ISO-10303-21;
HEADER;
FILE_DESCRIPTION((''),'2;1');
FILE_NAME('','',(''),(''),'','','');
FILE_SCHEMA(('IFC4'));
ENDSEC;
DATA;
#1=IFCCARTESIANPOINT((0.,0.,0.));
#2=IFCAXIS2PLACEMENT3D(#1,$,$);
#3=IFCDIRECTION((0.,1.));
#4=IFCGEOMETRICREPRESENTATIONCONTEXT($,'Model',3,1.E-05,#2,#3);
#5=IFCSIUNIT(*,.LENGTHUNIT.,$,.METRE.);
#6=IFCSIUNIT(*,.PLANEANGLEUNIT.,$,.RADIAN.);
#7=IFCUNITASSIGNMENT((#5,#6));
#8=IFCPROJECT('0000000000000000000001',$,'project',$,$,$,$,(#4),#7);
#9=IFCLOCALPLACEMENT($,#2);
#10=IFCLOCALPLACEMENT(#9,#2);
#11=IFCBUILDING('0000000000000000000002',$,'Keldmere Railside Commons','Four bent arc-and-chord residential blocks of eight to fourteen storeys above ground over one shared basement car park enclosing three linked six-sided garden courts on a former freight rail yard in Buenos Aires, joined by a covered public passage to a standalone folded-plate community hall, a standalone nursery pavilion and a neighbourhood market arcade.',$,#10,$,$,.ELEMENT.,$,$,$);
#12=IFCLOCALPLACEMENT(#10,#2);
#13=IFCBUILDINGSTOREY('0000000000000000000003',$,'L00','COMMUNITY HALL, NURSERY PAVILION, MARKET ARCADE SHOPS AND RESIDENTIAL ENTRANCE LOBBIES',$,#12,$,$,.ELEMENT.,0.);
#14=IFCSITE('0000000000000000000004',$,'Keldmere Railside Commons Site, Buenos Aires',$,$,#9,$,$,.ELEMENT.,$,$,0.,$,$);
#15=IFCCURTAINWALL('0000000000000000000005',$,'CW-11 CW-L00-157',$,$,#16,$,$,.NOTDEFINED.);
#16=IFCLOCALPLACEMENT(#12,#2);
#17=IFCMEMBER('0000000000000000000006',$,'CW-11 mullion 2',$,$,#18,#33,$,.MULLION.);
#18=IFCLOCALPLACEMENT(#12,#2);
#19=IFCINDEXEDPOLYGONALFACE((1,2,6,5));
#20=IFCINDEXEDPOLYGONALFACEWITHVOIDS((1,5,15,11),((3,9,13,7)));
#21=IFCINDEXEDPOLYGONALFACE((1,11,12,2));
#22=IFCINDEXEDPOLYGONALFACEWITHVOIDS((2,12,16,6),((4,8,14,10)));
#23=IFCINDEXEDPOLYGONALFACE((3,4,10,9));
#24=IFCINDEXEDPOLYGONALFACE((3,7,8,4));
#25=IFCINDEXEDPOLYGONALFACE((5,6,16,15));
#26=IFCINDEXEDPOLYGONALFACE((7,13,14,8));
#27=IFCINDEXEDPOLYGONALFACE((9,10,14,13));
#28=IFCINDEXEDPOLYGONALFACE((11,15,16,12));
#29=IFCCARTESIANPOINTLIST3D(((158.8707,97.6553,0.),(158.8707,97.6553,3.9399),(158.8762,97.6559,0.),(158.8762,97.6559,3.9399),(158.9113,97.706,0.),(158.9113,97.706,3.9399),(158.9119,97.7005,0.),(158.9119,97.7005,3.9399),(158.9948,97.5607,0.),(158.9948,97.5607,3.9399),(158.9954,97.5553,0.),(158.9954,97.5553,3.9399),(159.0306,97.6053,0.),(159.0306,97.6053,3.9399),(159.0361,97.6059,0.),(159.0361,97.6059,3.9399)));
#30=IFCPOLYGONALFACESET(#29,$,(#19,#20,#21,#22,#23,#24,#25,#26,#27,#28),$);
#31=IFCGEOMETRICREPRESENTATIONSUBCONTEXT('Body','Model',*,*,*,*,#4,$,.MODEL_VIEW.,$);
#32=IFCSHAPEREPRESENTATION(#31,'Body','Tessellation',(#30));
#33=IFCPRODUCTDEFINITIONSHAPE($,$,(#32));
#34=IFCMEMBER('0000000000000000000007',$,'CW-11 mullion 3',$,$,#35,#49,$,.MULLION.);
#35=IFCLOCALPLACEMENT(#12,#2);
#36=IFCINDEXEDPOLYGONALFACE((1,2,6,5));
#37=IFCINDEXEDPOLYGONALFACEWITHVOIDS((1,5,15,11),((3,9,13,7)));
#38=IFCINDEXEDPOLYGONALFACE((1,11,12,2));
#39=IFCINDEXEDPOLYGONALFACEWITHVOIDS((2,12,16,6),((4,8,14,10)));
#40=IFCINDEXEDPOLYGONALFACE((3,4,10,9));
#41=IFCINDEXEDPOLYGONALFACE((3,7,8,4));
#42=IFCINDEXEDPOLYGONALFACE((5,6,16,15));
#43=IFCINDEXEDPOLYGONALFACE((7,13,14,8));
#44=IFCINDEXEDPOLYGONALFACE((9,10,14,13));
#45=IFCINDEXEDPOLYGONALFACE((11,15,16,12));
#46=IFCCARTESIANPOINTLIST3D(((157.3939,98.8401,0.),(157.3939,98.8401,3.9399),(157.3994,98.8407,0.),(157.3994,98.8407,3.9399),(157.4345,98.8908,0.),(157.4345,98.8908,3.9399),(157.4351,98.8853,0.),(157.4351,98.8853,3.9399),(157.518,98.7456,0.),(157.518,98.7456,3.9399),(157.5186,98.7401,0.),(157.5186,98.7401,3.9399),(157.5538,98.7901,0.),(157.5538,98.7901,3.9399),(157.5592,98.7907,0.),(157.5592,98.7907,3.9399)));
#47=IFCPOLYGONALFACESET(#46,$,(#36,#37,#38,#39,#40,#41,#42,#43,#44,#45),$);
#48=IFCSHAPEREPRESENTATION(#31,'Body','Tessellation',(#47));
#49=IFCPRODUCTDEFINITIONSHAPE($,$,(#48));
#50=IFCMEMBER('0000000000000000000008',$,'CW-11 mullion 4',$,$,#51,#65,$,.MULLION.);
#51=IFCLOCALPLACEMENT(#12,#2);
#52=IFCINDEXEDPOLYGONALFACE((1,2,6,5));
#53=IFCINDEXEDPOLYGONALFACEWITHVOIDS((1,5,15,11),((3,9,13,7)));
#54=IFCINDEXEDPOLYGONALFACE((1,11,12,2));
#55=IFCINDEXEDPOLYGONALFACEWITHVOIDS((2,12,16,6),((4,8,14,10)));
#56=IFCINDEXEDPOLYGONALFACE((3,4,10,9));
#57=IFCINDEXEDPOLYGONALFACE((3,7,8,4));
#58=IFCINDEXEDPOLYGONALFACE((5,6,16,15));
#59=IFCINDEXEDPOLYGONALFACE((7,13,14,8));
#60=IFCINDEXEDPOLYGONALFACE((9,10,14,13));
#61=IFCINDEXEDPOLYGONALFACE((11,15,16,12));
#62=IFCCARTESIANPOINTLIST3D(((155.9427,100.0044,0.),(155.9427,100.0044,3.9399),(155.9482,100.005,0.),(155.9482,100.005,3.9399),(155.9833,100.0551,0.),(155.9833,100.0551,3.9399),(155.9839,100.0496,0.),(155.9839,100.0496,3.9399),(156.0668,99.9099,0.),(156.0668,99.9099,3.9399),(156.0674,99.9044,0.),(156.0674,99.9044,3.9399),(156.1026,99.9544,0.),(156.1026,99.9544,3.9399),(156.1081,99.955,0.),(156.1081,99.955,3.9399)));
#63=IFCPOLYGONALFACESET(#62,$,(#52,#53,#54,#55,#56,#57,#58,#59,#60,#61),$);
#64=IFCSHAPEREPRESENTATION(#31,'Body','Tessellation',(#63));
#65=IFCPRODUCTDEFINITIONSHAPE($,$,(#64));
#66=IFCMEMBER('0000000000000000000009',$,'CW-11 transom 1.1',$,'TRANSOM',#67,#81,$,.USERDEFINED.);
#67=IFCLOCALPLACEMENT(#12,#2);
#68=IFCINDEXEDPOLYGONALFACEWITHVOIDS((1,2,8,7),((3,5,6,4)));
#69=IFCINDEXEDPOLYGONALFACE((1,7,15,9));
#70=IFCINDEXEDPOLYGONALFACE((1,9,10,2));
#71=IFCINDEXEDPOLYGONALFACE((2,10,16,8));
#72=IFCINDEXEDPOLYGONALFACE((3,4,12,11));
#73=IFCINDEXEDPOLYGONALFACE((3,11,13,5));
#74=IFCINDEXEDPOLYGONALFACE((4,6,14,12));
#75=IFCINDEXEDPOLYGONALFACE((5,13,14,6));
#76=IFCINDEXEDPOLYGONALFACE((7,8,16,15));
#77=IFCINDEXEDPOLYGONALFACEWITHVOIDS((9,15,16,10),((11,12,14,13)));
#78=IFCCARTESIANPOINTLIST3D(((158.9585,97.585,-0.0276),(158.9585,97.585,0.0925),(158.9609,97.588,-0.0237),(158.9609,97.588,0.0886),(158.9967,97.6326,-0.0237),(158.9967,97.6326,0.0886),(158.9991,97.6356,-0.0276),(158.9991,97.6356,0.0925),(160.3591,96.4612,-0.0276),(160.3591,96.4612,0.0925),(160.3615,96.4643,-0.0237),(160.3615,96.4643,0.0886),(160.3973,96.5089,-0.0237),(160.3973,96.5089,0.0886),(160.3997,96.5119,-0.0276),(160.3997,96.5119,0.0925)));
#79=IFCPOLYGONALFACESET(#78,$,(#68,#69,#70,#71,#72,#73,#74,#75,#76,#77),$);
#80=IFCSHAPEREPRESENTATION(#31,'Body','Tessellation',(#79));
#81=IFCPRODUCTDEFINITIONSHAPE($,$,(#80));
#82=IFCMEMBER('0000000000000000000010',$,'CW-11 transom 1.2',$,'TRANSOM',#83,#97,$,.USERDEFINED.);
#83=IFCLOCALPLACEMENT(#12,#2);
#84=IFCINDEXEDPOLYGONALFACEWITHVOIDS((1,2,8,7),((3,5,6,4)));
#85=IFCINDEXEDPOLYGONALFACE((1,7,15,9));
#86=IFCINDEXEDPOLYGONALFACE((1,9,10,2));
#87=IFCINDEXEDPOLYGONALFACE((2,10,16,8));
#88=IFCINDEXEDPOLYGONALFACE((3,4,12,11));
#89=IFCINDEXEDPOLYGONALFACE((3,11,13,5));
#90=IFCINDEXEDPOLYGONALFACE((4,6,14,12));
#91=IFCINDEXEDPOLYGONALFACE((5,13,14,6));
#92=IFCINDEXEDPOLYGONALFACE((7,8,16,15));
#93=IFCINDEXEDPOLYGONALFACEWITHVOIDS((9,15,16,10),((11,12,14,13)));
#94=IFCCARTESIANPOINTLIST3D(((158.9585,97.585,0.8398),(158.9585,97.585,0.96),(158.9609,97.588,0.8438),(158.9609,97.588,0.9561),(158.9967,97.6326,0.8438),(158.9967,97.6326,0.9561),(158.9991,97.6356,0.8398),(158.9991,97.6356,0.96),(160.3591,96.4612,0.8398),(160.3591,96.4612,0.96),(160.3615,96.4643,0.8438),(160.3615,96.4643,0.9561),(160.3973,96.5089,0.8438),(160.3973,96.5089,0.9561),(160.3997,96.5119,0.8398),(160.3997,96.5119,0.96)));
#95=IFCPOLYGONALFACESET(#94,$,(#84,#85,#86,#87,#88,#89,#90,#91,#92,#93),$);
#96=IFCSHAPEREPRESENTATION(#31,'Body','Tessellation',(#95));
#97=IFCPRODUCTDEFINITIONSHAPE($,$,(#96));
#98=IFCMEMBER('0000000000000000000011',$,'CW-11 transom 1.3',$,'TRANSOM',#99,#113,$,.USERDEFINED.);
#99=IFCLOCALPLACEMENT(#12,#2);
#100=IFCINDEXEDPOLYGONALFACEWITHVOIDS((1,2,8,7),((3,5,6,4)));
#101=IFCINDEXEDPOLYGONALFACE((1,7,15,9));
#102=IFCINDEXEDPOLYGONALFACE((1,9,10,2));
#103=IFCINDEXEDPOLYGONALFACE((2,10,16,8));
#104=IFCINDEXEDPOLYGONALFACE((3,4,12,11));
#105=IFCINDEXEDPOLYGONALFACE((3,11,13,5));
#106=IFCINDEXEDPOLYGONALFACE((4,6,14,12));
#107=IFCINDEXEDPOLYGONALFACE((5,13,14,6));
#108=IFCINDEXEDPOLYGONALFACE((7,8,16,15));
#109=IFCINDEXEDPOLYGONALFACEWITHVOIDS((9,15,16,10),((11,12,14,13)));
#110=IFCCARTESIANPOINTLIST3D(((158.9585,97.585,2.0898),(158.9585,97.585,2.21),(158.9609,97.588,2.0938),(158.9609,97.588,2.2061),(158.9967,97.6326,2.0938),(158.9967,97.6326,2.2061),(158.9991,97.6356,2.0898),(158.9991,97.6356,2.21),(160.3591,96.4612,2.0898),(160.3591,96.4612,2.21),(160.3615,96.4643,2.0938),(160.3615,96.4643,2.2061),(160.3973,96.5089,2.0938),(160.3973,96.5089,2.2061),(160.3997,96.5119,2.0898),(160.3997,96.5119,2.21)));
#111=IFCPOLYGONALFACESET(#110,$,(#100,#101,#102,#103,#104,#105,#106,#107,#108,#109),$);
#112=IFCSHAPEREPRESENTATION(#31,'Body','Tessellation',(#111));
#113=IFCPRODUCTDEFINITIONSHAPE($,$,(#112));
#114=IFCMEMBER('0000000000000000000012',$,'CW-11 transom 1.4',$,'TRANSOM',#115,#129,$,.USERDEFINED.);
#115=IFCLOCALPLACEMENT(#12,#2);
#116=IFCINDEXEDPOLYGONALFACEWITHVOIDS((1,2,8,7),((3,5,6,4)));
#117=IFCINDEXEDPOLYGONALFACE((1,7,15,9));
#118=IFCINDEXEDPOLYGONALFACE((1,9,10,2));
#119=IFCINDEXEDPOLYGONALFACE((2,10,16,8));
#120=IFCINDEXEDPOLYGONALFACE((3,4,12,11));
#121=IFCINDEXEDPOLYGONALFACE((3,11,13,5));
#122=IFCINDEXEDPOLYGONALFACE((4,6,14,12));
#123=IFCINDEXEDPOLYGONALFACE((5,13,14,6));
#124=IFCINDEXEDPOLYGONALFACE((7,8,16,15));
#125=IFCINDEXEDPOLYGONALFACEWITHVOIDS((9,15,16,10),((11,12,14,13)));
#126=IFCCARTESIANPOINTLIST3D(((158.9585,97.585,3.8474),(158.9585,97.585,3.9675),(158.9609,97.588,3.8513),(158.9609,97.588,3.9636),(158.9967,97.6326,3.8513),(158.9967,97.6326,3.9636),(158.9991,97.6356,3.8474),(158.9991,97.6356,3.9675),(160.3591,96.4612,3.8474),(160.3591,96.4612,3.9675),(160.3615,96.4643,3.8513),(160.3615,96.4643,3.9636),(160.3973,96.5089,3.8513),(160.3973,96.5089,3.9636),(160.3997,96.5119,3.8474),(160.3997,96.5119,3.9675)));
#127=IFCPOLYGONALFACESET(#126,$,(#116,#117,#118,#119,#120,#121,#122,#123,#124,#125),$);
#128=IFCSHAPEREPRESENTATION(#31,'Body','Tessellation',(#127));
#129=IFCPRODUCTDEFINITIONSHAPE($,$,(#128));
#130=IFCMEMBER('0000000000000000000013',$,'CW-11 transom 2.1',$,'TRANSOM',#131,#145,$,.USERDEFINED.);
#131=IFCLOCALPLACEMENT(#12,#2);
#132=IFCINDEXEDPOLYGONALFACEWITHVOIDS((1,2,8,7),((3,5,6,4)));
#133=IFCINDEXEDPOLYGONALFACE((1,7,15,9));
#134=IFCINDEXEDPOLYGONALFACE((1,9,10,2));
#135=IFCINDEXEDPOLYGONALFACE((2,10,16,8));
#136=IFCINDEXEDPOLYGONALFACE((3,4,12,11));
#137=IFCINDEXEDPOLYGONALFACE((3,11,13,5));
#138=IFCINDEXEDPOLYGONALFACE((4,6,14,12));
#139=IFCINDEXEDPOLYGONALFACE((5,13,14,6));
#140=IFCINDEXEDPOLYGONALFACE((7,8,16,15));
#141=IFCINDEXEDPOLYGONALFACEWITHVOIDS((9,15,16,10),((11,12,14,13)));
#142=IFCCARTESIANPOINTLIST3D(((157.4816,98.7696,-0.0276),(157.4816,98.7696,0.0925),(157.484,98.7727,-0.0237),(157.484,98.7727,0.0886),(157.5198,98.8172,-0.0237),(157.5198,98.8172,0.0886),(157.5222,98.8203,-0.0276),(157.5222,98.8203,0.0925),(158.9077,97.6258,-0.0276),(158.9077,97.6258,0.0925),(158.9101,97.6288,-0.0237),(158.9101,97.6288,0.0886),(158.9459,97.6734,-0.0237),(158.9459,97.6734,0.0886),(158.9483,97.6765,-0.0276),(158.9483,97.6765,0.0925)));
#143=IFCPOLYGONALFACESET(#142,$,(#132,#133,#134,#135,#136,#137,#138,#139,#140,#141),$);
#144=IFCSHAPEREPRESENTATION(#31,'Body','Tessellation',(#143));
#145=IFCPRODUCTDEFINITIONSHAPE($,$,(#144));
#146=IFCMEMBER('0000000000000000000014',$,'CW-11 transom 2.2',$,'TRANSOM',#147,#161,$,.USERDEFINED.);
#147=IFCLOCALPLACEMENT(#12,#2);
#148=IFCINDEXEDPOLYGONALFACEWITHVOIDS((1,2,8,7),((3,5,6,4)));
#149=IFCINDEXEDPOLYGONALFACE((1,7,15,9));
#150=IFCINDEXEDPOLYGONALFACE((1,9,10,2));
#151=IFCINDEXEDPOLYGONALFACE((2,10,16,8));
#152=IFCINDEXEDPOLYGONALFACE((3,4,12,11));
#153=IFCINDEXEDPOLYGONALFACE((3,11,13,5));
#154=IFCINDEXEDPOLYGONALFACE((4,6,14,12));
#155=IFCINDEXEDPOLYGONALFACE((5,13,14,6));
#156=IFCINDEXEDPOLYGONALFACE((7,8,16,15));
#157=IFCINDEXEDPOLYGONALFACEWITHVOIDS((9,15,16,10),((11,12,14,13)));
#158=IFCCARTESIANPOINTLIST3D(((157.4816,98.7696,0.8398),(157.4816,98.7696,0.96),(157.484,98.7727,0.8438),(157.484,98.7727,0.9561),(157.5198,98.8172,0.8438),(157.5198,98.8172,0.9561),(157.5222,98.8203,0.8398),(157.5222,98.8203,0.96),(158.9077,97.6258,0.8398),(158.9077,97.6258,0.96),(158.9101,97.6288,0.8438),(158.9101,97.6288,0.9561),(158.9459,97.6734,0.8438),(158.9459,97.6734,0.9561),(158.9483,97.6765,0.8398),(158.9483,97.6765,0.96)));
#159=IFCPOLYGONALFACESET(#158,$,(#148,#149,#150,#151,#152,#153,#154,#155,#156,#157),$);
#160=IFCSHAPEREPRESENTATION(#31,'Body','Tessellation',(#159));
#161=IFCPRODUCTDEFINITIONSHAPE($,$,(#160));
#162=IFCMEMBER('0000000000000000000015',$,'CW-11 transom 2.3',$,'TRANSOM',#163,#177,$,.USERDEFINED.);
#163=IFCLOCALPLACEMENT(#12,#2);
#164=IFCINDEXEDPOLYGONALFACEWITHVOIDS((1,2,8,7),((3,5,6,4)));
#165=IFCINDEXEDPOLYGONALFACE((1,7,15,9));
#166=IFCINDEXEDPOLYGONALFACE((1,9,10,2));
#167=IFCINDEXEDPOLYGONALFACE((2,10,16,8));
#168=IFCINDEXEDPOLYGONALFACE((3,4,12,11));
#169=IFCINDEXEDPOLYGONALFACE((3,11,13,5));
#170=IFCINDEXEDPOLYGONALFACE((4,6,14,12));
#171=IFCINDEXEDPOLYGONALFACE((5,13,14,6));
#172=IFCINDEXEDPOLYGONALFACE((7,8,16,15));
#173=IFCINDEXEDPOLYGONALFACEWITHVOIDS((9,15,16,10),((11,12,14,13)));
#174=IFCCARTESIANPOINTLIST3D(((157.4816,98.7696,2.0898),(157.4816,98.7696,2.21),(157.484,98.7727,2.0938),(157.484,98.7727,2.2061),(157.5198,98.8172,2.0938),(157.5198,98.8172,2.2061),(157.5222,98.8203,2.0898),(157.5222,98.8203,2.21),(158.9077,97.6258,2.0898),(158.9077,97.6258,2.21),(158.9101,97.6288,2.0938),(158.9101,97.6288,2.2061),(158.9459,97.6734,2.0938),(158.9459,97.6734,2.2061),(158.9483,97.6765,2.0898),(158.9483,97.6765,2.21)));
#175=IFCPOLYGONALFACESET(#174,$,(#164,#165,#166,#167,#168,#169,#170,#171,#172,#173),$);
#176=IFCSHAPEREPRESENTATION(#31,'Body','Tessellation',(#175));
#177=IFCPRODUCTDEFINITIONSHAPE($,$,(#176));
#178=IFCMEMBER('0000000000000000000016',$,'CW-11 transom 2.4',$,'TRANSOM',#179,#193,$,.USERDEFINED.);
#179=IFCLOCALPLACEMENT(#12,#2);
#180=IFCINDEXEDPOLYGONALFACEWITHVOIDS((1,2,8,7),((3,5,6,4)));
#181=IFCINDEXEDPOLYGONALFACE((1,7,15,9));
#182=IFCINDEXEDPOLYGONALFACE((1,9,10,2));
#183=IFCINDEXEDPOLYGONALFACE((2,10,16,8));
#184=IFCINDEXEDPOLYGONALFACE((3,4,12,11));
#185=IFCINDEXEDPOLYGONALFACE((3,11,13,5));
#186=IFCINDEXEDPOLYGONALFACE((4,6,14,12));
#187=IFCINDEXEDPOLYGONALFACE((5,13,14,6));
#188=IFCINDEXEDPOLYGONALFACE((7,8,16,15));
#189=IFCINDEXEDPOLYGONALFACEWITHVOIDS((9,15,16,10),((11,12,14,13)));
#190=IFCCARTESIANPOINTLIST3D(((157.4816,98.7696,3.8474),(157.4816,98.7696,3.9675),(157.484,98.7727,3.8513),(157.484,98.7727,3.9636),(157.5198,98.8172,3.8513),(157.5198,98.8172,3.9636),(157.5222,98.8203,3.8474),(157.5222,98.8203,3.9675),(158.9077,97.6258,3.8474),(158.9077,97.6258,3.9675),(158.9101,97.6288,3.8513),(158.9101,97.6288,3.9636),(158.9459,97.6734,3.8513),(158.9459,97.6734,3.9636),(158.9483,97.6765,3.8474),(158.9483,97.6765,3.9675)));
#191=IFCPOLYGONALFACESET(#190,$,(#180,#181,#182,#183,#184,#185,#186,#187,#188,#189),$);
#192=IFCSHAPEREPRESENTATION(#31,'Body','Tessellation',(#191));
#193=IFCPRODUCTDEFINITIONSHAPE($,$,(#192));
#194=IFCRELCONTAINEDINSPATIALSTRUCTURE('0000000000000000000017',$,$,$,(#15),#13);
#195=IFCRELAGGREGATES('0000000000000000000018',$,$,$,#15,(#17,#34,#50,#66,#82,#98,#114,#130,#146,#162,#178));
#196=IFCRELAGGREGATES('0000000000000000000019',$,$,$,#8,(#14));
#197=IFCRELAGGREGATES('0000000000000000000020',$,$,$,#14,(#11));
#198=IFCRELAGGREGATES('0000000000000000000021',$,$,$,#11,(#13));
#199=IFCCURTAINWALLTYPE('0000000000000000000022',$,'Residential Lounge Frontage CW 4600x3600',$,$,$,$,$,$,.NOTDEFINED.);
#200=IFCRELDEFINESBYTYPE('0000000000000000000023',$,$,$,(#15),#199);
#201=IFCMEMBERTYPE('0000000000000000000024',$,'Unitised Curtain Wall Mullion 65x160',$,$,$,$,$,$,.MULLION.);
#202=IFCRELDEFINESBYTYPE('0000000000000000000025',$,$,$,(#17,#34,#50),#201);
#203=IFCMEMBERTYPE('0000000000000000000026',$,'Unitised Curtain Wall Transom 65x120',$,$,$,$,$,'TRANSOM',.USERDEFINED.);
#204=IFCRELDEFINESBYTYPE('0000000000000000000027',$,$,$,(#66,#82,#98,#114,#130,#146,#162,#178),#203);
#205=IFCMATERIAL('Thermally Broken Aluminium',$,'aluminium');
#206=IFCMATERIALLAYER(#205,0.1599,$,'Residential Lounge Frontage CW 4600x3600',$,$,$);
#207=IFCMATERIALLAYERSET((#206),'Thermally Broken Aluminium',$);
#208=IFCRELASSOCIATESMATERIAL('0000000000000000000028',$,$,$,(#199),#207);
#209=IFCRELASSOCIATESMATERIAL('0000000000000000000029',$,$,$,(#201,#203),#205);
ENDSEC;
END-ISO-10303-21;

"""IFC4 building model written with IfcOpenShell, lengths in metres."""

from ifc_helpers import new_model, si_unit, direction, frame, origin, origin_2d, place, context, subcontext, project, spatial, hollow_rectangle, extrude, material, layer, layer_set, material_profile, profile_set, type_object, element, aggregate, save


model = new_model("IFC4")

# Units and contexts
model_context = context("Model", 3, precision=1e-05, world=origin(), true_north=direction((0.0, 1.0)))
body_context = subcontext(model_context, "Body", "Model", "MODEL_VIEW")
ifc_project = project(units=[si_unit("LENGTHUNIT", "METRE"), si_unit("PLANEANGLEUNIT", "RADIAN")], contexts=[model_context])

# Site, building, storey
site_placement = place(None, origin())
site = spatial("IfcSite", under=ifc_project, at=site_placement, Name="Keldmere Railside Commons Site, Buenos Aires", CompositionType="ELEMENT", RefElevation=0.0)
building_placement = place(site_placement, origin())
building = spatial("IfcBuilding", under=site, at=building_placement, Name="Keldmere Railside Commons", Description="Four bent arc-and-chord residential blocks of eight to fourteen storeys above ground over one shared basement car park enclosing three linked six-sided garden courts on a former freight rail yard in Buenos Aires, joined by a covered public passage to a standalone folded-plate community hall, a standalone nursery pavilion and a neighbourhood market arcade.", CompositionType="ELEMENT")
storey_placement = place(building_placement, origin())
storey = spatial("IfcBuildingStorey", under=building, at=storey_placement, Name="L00", Description="COMMUNITY HALL, NURSERY PAVILION, MARKET ARCADE SHOPS AND RESIDENTIAL ENTRANCE LOBBIES", CompositionType="ELEMENT", Elevation=0.0)

# Curtain wall, members
ifc_material_1 = material(Name="Thermally Broken Aluminium", Category="aluminium")
ifc_layer_1 = layer(ifc_material_1, 0.1599, Name="Residential Lounge Frontage CW 4600x3600")
ifc_layer_set_1 = layer_set([ifc_layer_1], Name="Thermally Broken Aluminium")
curtain_wall_type = type_object("IfcCurtainWallType", Name="Residential Lounge Frontage CW 4600x3600", PredefinedType="NOTDEFINED", material=ifc_layer_set_1)
curtain_wall_placement = place(storey_placement, origin())
curtain_wall = element("IfcCurtainWall", 1, at=curtain_wall_placement, inside=storey, type_object=curtain_wall_type, Name="CW-11 CW-L00-157", PredefinedType="NOTDEFINED")
ifc_material_profile_1 = material_profile(ifc_material_1, hollow_rectangle(XDim=0.0649, YDim=0.1599, WallThickness=0.0039, at=origin_2d()), Name="ALU-MULL-65x160")
ifc_profile_set_1 = profile_set([ifc_material_profile_1], Name="Thermally Broken Aluminium")
member_type_1 = type_object("IfcMemberType", Name="Unitised Curtain Wall Mullion 65x160", PredefinedType="MULLION", material=ifc_profile_set_1)
member_1_placement = place(storey_placement, frame((158.9534, 97.6306, 0.0), z_axis=(0.0, 0.0, 1.0), x_axis=(-0.625768, -0.780009, 0.0)))
member_1 = element("IfcMember", 2, at=member_1_placement, type_object=member_type_1, Name="CW-11 mullion 2", PredefinedType="MULLION", context=body_context, shape_type="SweptSolid", body=[
    extrude(hollow_rectangle(XDim=0.0649, YDim=0.1599, WallThickness=0.0039, at=origin_2d()), origin(), (0.0, 0.0, 1.0), 3.9399),
])
member_2_placement = place(storey_placement, frame((157.4766, 98.8154, 0.0), z_axis=(0.0, 0.0, 1.0), x_axis=(-0.625768, -0.780009, 0.0)))
member_2 = element("IfcMember", 3, at=member_2_placement, type_object=member_type_1, Name="CW-11 mullion 3", PredefinedType="MULLION", context=body_context, shape_type="SweptSolid", body=[
    extrude(hollow_rectangle(XDim=0.0649, YDim=0.1599, WallThickness=0.0039, at=origin_2d()), origin(), (0.0, 0.0, 1.0), 3.9399),
])
member_3_placement = place(storey_placement, frame((156.0254, 99.9797, 0.0), z_axis=(0.0, 0.0, 1.0), x_axis=(-0.625768, -0.780009, 0.0)))
member_3 = element("IfcMember", 4, at=member_3_placement, type_object=member_type_1, Name="CW-11 mullion 4", PredefinedType="MULLION", context=body_context, shape_type="SweptSolid", body=[
    extrude(hollow_rectangle(XDim=0.0649, YDim=0.1599, WallThickness=0.0039, at=origin_2d()), origin(), (0.0, 0.0, 1.0), 3.9399),
])
ifc_material_profile_2 = material_profile(ifc_material_1, hollow_rectangle(XDim=0.0649, YDim=0.1201, WallThickness=0.0039, at=origin_2d()), Name="ALU-TRAN-65x120")
ifc_profile_set_2 = profile_set([ifc_material_profile_2], Name="Thermally Broken Aluminium")
member_type_2 = type_object("IfcMemberType", Name="Unitised Curtain Wall Transom 65x120", ElementType="TRANSOM", PredefinedType="USERDEFINED", material=ifc_profile_set_2)
member_4_placement = place(storey_placement, frame((160.3794, 96.4866, 0.0325), z_axis=(-0.779979, 0.625805, 0.0), x_axis=(-0.625805, -0.779979, 0.0)))
member_4 = element("IfcMember", 5, at=member_4_placement, type_object=member_type_2, Name="CW-11 transom 1.1", ObjectType="TRANSOM", PredefinedType="USERDEFINED", context=body_context, shape_type="SweptSolid", body=[
    extrude(hollow_rectangle(XDim=0.0649, YDim=0.1201, WallThickness=0.0039, at=origin_2d()), origin(), (0.0, 0.0, 1.0), 1.7957),
])
member_5_placement = place(storey_placement, frame((160.3794, 96.4866, 0.8999), z_axis=(-0.779979, 0.625805, 0.0), x_axis=(-0.625805, -0.779979, 0.0)))
member_5 = element("IfcMember", 6, at=member_5_placement, type_object=member_type_2, Name="CW-11 transom 1.2", ObjectType="TRANSOM", PredefinedType="USERDEFINED", context=body_context, shape_type="SweptSolid", body=[
    extrude(hollow_rectangle(XDim=0.0649, YDim=0.1201, WallThickness=0.0039, at=origin_2d()), origin(), (0.0, 0.0, 1.0), 1.7957),
])
member_6_placement = place(storey_placement, frame((160.3794, 96.4866, 2.1499), z_axis=(-0.779979, 0.625805, 0.0), x_axis=(-0.625805, -0.779979, 0.0)))
member_6 = element("IfcMember", 7, at=member_6_placement, type_object=member_type_2, Name="CW-11 transom 1.3", ObjectType="TRANSOM", PredefinedType="USERDEFINED", context=body_context, shape_type="SweptSolid", body=[
    extrude(hollow_rectangle(XDim=0.0649, YDim=0.1201, WallThickness=0.0039, at=origin_2d()), origin(), (0.0, 0.0, 1.0), 1.7957),
])
member_7_placement = place(storey_placement, frame((160.3794, 96.4866, 3.9075), z_axis=(-0.779979, 0.625805, 0.0), x_axis=(-0.625805, -0.779979, 0.0)))
member_7 = element("IfcMember", 8, at=member_7_placement, type_object=member_type_2, Name="CW-11 transom 1.4", ObjectType="TRANSOM", PredefinedType="USERDEFINED", context=body_context, shape_type="SweptSolid", body=[
    extrude(hollow_rectangle(XDim=0.0649, YDim=0.1201, WallThickness=0.0039, at=origin_2d()), origin(), (0.0, 0.0, 1.0), 1.7957),
])
member_8_placement = place(storey_placement, frame((158.928, 97.6511, 0.0325), z_axis=(-0.780073, 0.625688, 0.0), x_axis=(-0.625688, -0.780073, 0.0)))
member_8 = element("IfcMember", 9, at=member_8_placement, type_object=member_type_2, Name="CW-11 transom 2.1", ObjectType="TRANSOM", PredefinedType="USERDEFINED", context=body_context, shape_type="SweptSolid", body=[
    extrude(hollow_rectangle(XDim=0.0649, YDim=0.1201, WallThickness=0.0039, at=origin_2d()), origin(), (0.0, 0.0, 1.0), 1.8281),
])
member_9_placement = place(storey_placement, frame((158.928, 97.6511, 0.8999), z_axis=(-0.780073, 0.625688, 0.0), x_axis=(-0.625688, -0.780073, 0.0)))
member_9 = element("IfcMember", 10, at=member_9_placement, type_object=member_type_2, Name="CW-11 transom 2.2", ObjectType="TRANSOM", PredefinedType="USERDEFINED", context=body_context, shape_type="SweptSolid", body=[
    extrude(hollow_rectangle(XDim=0.0649, YDim=0.1201, WallThickness=0.0039, at=origin_2d()), origin(), (0.0, 0.0, 1.0), 1.8281),
])
member_10_placement = place(storey_placement, frame((158.928, 97.6511, 2.1499), z_axis=(-0.780073, 0.625688, 0.0), x_axis=(-0.625688, -0.780073, 0.0)))
member_10 = element("IfcMember", 11, at=member_10_placement, type_object=member_type_2, Name="CW-11 transom 2.3", ObjectType="TRANSOM", PredefinedType="USERDEFINED", context=body_context, shape_type="SweptSolid", body=[
    extrude(hollow_rectangle(XDim=0.0649, YDim=0.1201, WallThickness=0.0039, at=origin_2d()), origin(), (0.0, 0.0, 1.0), 1.8281),
])
member_11_placement = place(storey_placement, frame((158.928, 97.6511, 3.9075), z_axis=(-0.780073, 0.625688, 0.0), x_axis=(-0.625688, -0.780073, 0.0)))
member_11 = element("IfcMember", 12, at=member_11_placement, type_object=member_type_2, Name="CW-11 transom 2.4", ObjectType="TRANSOM", PredefinedType="USERDEFINED", context=body_context, shape_type="SweptSolid", body=[
    extrude(hollow_rectangle(XDim=0.0649, YDim=0.1201, WallThickness=0.0039, at=origin_2d()), origin(), (0.0, 0.0, 1.0), 1.8281),
])
aggregate(curtain_wall, [member_1, member_2, member_3, member_4, member_5, member_6, member_7, member_8, member_9, member_10, member_11])

save(model, "model.ifc")
